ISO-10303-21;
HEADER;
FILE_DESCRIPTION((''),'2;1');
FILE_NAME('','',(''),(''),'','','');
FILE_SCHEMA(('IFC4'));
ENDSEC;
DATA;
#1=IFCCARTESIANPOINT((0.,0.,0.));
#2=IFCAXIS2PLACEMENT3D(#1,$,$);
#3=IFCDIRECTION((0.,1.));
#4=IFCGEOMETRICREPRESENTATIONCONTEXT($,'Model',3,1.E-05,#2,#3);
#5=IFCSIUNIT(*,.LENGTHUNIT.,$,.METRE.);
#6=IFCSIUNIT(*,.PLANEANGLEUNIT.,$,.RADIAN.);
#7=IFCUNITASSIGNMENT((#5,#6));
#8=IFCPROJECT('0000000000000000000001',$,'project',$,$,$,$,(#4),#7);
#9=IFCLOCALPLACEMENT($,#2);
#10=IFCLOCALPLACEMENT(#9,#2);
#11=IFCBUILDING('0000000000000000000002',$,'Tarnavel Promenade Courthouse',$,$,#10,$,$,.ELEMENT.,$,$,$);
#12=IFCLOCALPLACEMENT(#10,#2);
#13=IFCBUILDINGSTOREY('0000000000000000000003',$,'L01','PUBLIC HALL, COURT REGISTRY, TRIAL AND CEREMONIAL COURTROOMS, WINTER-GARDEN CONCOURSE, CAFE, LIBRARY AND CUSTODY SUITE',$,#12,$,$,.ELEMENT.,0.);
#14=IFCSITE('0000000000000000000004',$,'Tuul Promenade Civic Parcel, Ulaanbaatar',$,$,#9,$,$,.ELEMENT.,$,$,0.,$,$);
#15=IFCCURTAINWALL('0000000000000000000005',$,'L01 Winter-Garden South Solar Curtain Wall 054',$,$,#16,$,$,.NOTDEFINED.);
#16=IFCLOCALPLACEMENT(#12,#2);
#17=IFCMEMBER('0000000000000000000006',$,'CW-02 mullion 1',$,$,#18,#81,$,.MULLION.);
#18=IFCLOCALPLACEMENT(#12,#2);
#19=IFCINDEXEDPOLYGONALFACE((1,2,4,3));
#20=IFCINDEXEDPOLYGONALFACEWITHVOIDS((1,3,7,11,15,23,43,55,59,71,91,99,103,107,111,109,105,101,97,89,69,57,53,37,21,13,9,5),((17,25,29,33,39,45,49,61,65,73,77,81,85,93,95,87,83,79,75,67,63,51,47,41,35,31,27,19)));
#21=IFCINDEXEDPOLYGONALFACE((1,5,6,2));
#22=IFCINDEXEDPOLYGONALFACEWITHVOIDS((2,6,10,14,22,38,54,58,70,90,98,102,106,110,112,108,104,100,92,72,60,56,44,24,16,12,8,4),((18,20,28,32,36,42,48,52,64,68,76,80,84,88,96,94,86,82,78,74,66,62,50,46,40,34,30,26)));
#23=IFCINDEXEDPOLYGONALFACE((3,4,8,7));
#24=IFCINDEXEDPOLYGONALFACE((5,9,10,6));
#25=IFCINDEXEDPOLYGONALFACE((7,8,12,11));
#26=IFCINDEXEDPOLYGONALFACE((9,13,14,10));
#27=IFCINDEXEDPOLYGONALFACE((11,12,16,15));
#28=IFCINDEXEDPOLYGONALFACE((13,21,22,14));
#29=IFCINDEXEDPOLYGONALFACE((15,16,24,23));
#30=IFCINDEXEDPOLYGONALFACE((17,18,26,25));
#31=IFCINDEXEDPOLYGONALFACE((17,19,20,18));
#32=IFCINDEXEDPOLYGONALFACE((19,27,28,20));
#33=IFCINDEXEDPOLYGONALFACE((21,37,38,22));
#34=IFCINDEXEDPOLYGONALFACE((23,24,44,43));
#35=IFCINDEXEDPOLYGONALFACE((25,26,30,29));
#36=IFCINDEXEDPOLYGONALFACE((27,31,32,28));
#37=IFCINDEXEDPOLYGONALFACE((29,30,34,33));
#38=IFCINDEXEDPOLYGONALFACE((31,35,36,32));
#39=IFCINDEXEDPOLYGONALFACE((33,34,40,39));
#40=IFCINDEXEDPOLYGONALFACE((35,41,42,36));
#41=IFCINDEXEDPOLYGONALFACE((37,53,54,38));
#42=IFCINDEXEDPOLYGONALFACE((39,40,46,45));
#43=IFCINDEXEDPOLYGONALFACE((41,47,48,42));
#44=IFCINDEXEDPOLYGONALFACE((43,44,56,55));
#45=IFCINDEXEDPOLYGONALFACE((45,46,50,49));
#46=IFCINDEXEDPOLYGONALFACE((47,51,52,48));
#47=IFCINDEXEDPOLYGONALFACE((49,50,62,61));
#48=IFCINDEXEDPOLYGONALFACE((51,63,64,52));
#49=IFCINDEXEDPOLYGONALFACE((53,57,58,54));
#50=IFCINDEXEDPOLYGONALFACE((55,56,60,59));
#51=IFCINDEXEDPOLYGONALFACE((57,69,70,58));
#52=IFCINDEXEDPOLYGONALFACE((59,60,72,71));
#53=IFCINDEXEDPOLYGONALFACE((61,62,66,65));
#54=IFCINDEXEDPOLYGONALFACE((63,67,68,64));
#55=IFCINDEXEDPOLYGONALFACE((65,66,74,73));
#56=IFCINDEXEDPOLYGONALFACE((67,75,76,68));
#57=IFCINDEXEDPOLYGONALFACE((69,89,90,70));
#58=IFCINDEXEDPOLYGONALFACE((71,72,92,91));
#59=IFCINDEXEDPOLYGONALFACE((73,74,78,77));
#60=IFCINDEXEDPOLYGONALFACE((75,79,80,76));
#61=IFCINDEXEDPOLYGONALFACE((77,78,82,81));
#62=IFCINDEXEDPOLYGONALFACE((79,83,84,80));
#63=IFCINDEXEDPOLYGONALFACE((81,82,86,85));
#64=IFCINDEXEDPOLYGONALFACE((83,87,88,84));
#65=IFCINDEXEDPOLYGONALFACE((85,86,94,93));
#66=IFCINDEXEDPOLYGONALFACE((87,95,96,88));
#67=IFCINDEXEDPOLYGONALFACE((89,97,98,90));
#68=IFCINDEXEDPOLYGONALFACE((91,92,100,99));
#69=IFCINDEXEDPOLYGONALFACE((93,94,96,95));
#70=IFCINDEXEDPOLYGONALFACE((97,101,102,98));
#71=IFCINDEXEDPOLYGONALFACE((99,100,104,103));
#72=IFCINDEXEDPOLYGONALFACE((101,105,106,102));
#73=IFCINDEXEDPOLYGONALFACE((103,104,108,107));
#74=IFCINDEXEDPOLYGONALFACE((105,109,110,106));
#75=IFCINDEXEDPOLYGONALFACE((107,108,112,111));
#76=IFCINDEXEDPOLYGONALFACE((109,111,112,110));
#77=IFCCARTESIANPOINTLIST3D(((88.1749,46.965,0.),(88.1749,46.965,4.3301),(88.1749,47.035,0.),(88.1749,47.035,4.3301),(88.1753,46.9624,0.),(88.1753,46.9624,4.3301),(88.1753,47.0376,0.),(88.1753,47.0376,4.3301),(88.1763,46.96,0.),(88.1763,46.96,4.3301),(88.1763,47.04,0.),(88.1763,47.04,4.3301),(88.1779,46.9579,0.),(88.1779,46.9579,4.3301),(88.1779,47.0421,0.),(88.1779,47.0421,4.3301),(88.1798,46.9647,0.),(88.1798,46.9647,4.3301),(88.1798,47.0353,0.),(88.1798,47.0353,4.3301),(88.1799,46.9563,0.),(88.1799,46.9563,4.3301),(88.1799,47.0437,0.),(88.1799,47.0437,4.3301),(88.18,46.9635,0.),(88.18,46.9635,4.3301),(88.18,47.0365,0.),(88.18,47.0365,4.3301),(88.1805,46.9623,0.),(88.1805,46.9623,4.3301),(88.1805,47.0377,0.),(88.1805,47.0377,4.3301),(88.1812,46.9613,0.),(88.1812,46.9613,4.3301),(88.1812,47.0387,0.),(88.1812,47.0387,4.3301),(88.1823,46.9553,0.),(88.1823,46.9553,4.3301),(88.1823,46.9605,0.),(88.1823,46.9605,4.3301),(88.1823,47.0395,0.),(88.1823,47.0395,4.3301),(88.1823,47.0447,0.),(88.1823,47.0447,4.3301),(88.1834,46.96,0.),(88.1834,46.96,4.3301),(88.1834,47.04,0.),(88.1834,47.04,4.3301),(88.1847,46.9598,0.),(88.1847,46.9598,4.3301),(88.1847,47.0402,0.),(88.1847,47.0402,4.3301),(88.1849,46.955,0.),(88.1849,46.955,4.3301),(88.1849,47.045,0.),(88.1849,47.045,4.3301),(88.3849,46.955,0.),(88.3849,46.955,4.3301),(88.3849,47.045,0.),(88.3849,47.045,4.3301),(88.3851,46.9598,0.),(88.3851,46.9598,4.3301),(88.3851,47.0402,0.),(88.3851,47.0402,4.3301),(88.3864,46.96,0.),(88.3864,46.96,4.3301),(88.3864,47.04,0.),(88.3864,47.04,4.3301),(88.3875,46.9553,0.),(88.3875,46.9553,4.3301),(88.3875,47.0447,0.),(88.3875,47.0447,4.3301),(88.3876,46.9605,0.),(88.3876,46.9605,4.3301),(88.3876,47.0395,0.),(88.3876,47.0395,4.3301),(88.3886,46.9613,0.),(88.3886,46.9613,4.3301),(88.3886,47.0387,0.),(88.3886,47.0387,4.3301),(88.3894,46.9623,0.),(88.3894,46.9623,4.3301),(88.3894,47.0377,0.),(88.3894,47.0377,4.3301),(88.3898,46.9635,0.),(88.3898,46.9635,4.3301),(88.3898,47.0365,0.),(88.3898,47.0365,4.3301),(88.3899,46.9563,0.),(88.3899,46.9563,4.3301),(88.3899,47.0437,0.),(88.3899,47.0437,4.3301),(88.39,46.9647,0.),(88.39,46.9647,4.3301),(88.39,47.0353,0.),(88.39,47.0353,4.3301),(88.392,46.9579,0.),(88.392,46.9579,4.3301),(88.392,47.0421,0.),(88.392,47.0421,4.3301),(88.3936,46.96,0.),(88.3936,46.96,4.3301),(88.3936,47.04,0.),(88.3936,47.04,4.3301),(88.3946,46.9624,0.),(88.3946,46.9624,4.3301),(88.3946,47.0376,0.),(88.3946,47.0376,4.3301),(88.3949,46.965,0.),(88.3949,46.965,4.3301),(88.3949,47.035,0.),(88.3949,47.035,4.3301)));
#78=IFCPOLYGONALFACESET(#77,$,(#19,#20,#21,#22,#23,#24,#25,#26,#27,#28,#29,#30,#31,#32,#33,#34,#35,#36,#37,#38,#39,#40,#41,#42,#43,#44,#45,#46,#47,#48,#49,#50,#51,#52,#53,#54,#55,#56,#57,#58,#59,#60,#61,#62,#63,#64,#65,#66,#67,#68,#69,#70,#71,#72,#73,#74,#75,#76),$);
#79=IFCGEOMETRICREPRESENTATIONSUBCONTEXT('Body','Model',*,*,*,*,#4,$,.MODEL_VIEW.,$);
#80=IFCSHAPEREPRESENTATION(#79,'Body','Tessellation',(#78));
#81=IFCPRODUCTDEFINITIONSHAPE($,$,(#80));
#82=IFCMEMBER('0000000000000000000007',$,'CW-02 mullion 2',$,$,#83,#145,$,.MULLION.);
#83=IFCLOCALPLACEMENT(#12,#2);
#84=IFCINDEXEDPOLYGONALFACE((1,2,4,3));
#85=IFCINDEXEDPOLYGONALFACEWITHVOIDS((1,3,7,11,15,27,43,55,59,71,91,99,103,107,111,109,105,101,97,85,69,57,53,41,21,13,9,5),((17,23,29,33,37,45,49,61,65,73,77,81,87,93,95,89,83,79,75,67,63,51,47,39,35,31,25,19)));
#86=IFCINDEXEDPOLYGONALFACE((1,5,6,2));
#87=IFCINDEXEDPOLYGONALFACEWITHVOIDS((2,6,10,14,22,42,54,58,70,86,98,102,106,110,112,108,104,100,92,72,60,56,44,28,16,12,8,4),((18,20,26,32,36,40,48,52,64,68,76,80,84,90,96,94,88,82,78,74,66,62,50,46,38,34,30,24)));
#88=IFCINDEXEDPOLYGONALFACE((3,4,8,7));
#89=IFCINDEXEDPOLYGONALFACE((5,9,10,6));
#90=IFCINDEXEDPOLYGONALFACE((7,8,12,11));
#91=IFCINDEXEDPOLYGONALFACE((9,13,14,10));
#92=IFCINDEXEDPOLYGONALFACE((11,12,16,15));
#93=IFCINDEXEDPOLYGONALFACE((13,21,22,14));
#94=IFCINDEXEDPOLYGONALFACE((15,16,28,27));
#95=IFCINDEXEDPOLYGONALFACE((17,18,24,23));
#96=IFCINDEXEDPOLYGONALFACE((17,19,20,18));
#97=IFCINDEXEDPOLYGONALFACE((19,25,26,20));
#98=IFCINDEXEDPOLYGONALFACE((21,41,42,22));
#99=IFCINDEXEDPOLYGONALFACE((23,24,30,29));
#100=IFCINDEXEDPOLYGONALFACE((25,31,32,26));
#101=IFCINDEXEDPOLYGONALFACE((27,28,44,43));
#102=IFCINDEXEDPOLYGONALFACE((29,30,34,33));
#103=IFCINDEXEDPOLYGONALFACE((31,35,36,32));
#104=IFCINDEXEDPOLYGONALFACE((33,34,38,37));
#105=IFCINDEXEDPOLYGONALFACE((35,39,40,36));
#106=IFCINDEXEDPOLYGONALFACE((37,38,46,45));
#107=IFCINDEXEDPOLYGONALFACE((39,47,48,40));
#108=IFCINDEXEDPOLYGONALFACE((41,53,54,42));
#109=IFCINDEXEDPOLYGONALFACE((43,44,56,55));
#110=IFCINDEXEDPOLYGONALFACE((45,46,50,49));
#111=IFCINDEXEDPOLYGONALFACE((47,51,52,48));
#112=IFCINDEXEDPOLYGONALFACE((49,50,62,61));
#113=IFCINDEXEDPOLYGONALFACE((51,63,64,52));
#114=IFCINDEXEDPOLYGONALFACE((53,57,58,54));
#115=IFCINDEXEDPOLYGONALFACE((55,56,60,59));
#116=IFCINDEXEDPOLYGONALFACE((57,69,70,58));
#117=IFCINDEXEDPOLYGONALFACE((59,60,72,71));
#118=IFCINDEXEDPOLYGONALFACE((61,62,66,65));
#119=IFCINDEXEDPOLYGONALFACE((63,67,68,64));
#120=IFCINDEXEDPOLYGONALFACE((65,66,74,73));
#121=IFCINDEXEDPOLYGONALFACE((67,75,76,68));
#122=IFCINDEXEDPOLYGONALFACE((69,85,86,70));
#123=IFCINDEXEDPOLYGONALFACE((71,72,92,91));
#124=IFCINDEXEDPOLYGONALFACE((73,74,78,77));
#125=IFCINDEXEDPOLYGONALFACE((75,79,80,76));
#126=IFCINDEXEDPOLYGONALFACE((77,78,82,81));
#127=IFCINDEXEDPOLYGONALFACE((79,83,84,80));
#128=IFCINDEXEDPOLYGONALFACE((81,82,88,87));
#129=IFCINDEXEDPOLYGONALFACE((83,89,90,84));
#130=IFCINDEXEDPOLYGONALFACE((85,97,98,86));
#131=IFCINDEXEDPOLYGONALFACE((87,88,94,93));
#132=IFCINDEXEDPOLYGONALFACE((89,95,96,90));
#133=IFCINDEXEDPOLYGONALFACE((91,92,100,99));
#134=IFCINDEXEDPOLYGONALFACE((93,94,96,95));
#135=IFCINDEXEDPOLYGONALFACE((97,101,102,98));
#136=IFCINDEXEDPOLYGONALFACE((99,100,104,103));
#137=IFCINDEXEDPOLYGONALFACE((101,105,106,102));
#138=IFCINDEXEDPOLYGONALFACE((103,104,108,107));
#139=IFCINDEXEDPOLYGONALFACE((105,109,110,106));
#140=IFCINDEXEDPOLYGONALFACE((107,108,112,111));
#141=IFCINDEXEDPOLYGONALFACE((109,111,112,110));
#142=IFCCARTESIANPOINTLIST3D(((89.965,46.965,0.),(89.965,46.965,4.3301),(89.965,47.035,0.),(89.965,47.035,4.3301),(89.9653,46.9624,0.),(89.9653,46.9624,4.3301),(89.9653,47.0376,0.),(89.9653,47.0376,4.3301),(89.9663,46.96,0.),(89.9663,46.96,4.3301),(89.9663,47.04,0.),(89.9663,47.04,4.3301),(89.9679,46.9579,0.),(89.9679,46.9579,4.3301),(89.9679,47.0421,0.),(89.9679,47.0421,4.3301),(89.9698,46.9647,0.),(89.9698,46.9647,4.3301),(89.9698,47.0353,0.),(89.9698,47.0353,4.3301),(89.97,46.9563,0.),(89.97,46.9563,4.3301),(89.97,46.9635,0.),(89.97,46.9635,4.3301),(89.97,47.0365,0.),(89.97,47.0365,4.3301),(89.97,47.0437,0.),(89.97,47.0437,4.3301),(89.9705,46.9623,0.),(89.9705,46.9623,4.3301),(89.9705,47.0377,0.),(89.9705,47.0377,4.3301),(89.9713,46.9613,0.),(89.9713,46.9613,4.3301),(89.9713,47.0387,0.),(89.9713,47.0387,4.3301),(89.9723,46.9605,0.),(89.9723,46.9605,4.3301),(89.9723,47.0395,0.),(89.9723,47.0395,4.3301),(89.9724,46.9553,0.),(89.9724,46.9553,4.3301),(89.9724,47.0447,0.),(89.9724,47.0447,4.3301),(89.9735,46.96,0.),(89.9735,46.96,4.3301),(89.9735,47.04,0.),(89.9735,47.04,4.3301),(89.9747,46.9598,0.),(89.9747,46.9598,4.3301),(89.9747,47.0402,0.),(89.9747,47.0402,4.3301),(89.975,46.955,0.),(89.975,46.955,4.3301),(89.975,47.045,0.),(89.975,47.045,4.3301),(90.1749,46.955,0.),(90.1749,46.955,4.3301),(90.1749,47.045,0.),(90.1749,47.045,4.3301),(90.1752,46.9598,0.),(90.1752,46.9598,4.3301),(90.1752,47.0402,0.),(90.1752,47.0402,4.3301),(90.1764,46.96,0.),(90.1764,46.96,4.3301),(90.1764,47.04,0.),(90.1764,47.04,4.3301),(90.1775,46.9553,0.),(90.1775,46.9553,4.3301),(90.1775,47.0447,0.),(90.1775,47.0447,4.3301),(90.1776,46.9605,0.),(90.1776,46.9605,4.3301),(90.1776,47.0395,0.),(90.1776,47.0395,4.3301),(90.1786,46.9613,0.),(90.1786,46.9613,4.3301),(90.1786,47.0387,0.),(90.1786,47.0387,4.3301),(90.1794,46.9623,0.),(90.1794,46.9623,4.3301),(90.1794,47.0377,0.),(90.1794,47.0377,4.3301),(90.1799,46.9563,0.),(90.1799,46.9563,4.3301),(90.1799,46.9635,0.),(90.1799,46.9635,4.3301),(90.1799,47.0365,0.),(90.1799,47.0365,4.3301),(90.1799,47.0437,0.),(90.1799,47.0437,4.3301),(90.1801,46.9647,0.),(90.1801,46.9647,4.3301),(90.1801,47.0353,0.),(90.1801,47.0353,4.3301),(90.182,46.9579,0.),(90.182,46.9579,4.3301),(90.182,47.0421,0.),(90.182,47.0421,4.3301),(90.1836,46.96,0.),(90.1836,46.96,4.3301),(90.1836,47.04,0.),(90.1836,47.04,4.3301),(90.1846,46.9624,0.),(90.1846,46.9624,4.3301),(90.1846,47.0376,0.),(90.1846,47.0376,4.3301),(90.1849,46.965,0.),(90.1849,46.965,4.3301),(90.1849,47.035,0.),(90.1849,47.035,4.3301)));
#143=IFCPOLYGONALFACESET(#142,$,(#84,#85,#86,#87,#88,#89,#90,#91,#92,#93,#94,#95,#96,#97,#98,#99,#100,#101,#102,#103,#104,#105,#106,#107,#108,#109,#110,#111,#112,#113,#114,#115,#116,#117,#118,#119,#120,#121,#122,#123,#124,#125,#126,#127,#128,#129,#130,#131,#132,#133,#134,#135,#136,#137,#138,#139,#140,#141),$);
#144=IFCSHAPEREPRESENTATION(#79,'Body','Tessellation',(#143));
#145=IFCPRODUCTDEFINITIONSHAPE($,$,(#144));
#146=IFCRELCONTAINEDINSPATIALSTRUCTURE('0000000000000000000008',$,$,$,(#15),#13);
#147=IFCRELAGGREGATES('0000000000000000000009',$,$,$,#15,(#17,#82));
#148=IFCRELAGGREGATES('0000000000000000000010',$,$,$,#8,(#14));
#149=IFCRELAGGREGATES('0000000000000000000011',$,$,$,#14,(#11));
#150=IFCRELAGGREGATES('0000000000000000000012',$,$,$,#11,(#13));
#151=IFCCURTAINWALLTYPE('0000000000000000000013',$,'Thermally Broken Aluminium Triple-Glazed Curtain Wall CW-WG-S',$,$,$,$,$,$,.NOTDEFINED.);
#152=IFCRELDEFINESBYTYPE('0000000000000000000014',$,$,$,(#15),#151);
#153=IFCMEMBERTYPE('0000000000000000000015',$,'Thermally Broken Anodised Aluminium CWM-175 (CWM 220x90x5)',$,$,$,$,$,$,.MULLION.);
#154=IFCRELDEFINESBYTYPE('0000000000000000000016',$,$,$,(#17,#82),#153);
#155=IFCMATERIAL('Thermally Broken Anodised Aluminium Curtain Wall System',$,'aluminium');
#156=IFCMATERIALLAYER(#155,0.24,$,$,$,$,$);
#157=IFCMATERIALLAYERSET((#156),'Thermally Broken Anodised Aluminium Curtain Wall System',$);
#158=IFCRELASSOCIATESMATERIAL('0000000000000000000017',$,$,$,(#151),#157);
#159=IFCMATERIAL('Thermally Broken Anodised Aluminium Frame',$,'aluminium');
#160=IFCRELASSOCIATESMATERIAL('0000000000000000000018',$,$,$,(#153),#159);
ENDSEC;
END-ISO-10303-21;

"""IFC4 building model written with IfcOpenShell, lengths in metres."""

from ifc_helpers import new_model, si_unit, direction, frame, origin, origin_2d, place, context, subcontext, project, spatial, hollow_rectangle, extrude, material, layer, layer_set, material_profile, profile_set, type_object, element, aggregate, save


model = new_model("IFC4")

# Units and contexts
model_context = context("Model", 3, precision=1e-05, world=origin(), true_north=direction((0.0, 1.0)))
body_context = subcontext(model_context, "Body", "Model", "MODEL_VIEW")
ifc_project = project(units=[si_unit("LENGTHUNIT", "METRE"), si_unit("PLANEANGLEUNIT", "RADIAN")], contexts=[model_context])

# Site, building, storey
site_placement = place(None, origin())
site = spatial("IfcSite", under=ifc_project, at=site_placement, Name="Tuul Promenade Civic Parcel, Ulaanbaatar", CompositionType="ELEMENT", RefElevation=0.0)
building_placement = place(site_placement, origin())
building = spatial("IfcBuilding", under=site, at=building_placement, Name="Tarnavel Promenade Courthouse", CompositionType="ELEMENT")
storey_placement = place(building_placement, origin())
storey = spatial("IfcBuildingStorey", under=building, at=storey_placement, Name="L01", Description="PUBLIC HALL, COURT REGISTRY, TRIAL AND CEREMONIAL COURTROOMS, WINTER-GARDEN CONCOURSE, CAFE, LIBRARY AND CUSTODY SUITE", CompositionType="ELEMENT", Elevation=0.0)

# Curtain wall, members
ifc_material_1 = material(Name="Thermally Broken Anodised Aluminium Curtain Wall System", Category="aluminium")
ifc_layer_1 = layer(ifc_material_1, 0.24)
ifc_layer_set_1 = layer_set([ifc_layer_1], Name="Thermally Broken Anodised Aluminium Curtain Wall System")
curtain_wall_type = type_object("IfcCurtainWallType", Name="Thermally Broken Aluminium Triple-Glazed Curtain Wall CW-WG-S", PredefinedType="NOTDEFINED", material=ifc_layer_set_1)
ifc_material_2 = material(Name="Thermally Broken Anodised Aluminium Frame", Category="aluminium")
ifc_material_profile_1 = material_profile(ifc_material_2, hollow_rectangle(XDim=0.0901, YDim=0.22, WallThickness=0.0049, InnerFilletRadius=0.0049, OuterFilletRadius=0.01, at=origin_2d()), Name="CWM 220x90x5")
ifc_profile_set_1 = profile_set([ifc_material_profile_1], Name="Thermally Broken Anodised Aluminium Frame")
member_type_1 = type_object("IfcMemberType", Name="Thermally Broken Anodised Aluminium CWM-175 (CWM 220x90x5)", PredefinedType="MULLION", material=ifc_profile_set_1)
curtain_wall_1_placement = place(storey_placement, origin())
curtain_wall_1 = element("IfcCurtainWall", 1, at=curtain_wall_1_placement, inside=storey, type_object=curtain_wall_type, Name="L01 Winter-Garden South Solar Curtain Wall 054", PredefinedType="NOTDEFINED")
member_1_placement = place(storey_placement, frame((88.2849, 47.0, 0.0), z_axis=(0.0, 0.0, 1.0), x_axis=(0.0, 1.0, 0.0)))
member_1 = element("IfcMember", 2, at=member_1_placement, type_object=member_type_1, Name="CW-02 mullion 1", PredefinedType="MULLION", context=body_context, shape_type="SweptSolid", body=[
    extrude(hollow_rectangle(XDim=0.0901, YDim=0.22, WallThickness=0.0049, InnerFilletRadius=0.0049, OuterFilletRadius=0.01, at=origin_2d()), origin(), (0.0, 0.0, 1.0), 4.3301),
])
member_2_placement = place(storey_placement, frame((90.075, 47.0, 0.0), z_axis=(0.0, 0.0, 1.0), x_axis=(0.0, 1.0, 0.0)))
member_2 = element("IfcMember", 3, at=member_2_placement, type_object=member_type_1, Name="CW-02 mullion 2", PredefinedType="MULLION", context=body_context, shape_type="SweptSolid", body=[
    extrude(hollow_rectangle(XDim=0.0901, YDim=0.22, WallThickness=0.0049, InnerFilletRadius=0.0049, OuterFilletRadius=0.01, at=origin_2d()), origin(), (0.0, 0.0, 1.0), 4.3301),
])

aggregate(curtain_wall_1, [member_1, member_2])

save(model, "model.ifc")
